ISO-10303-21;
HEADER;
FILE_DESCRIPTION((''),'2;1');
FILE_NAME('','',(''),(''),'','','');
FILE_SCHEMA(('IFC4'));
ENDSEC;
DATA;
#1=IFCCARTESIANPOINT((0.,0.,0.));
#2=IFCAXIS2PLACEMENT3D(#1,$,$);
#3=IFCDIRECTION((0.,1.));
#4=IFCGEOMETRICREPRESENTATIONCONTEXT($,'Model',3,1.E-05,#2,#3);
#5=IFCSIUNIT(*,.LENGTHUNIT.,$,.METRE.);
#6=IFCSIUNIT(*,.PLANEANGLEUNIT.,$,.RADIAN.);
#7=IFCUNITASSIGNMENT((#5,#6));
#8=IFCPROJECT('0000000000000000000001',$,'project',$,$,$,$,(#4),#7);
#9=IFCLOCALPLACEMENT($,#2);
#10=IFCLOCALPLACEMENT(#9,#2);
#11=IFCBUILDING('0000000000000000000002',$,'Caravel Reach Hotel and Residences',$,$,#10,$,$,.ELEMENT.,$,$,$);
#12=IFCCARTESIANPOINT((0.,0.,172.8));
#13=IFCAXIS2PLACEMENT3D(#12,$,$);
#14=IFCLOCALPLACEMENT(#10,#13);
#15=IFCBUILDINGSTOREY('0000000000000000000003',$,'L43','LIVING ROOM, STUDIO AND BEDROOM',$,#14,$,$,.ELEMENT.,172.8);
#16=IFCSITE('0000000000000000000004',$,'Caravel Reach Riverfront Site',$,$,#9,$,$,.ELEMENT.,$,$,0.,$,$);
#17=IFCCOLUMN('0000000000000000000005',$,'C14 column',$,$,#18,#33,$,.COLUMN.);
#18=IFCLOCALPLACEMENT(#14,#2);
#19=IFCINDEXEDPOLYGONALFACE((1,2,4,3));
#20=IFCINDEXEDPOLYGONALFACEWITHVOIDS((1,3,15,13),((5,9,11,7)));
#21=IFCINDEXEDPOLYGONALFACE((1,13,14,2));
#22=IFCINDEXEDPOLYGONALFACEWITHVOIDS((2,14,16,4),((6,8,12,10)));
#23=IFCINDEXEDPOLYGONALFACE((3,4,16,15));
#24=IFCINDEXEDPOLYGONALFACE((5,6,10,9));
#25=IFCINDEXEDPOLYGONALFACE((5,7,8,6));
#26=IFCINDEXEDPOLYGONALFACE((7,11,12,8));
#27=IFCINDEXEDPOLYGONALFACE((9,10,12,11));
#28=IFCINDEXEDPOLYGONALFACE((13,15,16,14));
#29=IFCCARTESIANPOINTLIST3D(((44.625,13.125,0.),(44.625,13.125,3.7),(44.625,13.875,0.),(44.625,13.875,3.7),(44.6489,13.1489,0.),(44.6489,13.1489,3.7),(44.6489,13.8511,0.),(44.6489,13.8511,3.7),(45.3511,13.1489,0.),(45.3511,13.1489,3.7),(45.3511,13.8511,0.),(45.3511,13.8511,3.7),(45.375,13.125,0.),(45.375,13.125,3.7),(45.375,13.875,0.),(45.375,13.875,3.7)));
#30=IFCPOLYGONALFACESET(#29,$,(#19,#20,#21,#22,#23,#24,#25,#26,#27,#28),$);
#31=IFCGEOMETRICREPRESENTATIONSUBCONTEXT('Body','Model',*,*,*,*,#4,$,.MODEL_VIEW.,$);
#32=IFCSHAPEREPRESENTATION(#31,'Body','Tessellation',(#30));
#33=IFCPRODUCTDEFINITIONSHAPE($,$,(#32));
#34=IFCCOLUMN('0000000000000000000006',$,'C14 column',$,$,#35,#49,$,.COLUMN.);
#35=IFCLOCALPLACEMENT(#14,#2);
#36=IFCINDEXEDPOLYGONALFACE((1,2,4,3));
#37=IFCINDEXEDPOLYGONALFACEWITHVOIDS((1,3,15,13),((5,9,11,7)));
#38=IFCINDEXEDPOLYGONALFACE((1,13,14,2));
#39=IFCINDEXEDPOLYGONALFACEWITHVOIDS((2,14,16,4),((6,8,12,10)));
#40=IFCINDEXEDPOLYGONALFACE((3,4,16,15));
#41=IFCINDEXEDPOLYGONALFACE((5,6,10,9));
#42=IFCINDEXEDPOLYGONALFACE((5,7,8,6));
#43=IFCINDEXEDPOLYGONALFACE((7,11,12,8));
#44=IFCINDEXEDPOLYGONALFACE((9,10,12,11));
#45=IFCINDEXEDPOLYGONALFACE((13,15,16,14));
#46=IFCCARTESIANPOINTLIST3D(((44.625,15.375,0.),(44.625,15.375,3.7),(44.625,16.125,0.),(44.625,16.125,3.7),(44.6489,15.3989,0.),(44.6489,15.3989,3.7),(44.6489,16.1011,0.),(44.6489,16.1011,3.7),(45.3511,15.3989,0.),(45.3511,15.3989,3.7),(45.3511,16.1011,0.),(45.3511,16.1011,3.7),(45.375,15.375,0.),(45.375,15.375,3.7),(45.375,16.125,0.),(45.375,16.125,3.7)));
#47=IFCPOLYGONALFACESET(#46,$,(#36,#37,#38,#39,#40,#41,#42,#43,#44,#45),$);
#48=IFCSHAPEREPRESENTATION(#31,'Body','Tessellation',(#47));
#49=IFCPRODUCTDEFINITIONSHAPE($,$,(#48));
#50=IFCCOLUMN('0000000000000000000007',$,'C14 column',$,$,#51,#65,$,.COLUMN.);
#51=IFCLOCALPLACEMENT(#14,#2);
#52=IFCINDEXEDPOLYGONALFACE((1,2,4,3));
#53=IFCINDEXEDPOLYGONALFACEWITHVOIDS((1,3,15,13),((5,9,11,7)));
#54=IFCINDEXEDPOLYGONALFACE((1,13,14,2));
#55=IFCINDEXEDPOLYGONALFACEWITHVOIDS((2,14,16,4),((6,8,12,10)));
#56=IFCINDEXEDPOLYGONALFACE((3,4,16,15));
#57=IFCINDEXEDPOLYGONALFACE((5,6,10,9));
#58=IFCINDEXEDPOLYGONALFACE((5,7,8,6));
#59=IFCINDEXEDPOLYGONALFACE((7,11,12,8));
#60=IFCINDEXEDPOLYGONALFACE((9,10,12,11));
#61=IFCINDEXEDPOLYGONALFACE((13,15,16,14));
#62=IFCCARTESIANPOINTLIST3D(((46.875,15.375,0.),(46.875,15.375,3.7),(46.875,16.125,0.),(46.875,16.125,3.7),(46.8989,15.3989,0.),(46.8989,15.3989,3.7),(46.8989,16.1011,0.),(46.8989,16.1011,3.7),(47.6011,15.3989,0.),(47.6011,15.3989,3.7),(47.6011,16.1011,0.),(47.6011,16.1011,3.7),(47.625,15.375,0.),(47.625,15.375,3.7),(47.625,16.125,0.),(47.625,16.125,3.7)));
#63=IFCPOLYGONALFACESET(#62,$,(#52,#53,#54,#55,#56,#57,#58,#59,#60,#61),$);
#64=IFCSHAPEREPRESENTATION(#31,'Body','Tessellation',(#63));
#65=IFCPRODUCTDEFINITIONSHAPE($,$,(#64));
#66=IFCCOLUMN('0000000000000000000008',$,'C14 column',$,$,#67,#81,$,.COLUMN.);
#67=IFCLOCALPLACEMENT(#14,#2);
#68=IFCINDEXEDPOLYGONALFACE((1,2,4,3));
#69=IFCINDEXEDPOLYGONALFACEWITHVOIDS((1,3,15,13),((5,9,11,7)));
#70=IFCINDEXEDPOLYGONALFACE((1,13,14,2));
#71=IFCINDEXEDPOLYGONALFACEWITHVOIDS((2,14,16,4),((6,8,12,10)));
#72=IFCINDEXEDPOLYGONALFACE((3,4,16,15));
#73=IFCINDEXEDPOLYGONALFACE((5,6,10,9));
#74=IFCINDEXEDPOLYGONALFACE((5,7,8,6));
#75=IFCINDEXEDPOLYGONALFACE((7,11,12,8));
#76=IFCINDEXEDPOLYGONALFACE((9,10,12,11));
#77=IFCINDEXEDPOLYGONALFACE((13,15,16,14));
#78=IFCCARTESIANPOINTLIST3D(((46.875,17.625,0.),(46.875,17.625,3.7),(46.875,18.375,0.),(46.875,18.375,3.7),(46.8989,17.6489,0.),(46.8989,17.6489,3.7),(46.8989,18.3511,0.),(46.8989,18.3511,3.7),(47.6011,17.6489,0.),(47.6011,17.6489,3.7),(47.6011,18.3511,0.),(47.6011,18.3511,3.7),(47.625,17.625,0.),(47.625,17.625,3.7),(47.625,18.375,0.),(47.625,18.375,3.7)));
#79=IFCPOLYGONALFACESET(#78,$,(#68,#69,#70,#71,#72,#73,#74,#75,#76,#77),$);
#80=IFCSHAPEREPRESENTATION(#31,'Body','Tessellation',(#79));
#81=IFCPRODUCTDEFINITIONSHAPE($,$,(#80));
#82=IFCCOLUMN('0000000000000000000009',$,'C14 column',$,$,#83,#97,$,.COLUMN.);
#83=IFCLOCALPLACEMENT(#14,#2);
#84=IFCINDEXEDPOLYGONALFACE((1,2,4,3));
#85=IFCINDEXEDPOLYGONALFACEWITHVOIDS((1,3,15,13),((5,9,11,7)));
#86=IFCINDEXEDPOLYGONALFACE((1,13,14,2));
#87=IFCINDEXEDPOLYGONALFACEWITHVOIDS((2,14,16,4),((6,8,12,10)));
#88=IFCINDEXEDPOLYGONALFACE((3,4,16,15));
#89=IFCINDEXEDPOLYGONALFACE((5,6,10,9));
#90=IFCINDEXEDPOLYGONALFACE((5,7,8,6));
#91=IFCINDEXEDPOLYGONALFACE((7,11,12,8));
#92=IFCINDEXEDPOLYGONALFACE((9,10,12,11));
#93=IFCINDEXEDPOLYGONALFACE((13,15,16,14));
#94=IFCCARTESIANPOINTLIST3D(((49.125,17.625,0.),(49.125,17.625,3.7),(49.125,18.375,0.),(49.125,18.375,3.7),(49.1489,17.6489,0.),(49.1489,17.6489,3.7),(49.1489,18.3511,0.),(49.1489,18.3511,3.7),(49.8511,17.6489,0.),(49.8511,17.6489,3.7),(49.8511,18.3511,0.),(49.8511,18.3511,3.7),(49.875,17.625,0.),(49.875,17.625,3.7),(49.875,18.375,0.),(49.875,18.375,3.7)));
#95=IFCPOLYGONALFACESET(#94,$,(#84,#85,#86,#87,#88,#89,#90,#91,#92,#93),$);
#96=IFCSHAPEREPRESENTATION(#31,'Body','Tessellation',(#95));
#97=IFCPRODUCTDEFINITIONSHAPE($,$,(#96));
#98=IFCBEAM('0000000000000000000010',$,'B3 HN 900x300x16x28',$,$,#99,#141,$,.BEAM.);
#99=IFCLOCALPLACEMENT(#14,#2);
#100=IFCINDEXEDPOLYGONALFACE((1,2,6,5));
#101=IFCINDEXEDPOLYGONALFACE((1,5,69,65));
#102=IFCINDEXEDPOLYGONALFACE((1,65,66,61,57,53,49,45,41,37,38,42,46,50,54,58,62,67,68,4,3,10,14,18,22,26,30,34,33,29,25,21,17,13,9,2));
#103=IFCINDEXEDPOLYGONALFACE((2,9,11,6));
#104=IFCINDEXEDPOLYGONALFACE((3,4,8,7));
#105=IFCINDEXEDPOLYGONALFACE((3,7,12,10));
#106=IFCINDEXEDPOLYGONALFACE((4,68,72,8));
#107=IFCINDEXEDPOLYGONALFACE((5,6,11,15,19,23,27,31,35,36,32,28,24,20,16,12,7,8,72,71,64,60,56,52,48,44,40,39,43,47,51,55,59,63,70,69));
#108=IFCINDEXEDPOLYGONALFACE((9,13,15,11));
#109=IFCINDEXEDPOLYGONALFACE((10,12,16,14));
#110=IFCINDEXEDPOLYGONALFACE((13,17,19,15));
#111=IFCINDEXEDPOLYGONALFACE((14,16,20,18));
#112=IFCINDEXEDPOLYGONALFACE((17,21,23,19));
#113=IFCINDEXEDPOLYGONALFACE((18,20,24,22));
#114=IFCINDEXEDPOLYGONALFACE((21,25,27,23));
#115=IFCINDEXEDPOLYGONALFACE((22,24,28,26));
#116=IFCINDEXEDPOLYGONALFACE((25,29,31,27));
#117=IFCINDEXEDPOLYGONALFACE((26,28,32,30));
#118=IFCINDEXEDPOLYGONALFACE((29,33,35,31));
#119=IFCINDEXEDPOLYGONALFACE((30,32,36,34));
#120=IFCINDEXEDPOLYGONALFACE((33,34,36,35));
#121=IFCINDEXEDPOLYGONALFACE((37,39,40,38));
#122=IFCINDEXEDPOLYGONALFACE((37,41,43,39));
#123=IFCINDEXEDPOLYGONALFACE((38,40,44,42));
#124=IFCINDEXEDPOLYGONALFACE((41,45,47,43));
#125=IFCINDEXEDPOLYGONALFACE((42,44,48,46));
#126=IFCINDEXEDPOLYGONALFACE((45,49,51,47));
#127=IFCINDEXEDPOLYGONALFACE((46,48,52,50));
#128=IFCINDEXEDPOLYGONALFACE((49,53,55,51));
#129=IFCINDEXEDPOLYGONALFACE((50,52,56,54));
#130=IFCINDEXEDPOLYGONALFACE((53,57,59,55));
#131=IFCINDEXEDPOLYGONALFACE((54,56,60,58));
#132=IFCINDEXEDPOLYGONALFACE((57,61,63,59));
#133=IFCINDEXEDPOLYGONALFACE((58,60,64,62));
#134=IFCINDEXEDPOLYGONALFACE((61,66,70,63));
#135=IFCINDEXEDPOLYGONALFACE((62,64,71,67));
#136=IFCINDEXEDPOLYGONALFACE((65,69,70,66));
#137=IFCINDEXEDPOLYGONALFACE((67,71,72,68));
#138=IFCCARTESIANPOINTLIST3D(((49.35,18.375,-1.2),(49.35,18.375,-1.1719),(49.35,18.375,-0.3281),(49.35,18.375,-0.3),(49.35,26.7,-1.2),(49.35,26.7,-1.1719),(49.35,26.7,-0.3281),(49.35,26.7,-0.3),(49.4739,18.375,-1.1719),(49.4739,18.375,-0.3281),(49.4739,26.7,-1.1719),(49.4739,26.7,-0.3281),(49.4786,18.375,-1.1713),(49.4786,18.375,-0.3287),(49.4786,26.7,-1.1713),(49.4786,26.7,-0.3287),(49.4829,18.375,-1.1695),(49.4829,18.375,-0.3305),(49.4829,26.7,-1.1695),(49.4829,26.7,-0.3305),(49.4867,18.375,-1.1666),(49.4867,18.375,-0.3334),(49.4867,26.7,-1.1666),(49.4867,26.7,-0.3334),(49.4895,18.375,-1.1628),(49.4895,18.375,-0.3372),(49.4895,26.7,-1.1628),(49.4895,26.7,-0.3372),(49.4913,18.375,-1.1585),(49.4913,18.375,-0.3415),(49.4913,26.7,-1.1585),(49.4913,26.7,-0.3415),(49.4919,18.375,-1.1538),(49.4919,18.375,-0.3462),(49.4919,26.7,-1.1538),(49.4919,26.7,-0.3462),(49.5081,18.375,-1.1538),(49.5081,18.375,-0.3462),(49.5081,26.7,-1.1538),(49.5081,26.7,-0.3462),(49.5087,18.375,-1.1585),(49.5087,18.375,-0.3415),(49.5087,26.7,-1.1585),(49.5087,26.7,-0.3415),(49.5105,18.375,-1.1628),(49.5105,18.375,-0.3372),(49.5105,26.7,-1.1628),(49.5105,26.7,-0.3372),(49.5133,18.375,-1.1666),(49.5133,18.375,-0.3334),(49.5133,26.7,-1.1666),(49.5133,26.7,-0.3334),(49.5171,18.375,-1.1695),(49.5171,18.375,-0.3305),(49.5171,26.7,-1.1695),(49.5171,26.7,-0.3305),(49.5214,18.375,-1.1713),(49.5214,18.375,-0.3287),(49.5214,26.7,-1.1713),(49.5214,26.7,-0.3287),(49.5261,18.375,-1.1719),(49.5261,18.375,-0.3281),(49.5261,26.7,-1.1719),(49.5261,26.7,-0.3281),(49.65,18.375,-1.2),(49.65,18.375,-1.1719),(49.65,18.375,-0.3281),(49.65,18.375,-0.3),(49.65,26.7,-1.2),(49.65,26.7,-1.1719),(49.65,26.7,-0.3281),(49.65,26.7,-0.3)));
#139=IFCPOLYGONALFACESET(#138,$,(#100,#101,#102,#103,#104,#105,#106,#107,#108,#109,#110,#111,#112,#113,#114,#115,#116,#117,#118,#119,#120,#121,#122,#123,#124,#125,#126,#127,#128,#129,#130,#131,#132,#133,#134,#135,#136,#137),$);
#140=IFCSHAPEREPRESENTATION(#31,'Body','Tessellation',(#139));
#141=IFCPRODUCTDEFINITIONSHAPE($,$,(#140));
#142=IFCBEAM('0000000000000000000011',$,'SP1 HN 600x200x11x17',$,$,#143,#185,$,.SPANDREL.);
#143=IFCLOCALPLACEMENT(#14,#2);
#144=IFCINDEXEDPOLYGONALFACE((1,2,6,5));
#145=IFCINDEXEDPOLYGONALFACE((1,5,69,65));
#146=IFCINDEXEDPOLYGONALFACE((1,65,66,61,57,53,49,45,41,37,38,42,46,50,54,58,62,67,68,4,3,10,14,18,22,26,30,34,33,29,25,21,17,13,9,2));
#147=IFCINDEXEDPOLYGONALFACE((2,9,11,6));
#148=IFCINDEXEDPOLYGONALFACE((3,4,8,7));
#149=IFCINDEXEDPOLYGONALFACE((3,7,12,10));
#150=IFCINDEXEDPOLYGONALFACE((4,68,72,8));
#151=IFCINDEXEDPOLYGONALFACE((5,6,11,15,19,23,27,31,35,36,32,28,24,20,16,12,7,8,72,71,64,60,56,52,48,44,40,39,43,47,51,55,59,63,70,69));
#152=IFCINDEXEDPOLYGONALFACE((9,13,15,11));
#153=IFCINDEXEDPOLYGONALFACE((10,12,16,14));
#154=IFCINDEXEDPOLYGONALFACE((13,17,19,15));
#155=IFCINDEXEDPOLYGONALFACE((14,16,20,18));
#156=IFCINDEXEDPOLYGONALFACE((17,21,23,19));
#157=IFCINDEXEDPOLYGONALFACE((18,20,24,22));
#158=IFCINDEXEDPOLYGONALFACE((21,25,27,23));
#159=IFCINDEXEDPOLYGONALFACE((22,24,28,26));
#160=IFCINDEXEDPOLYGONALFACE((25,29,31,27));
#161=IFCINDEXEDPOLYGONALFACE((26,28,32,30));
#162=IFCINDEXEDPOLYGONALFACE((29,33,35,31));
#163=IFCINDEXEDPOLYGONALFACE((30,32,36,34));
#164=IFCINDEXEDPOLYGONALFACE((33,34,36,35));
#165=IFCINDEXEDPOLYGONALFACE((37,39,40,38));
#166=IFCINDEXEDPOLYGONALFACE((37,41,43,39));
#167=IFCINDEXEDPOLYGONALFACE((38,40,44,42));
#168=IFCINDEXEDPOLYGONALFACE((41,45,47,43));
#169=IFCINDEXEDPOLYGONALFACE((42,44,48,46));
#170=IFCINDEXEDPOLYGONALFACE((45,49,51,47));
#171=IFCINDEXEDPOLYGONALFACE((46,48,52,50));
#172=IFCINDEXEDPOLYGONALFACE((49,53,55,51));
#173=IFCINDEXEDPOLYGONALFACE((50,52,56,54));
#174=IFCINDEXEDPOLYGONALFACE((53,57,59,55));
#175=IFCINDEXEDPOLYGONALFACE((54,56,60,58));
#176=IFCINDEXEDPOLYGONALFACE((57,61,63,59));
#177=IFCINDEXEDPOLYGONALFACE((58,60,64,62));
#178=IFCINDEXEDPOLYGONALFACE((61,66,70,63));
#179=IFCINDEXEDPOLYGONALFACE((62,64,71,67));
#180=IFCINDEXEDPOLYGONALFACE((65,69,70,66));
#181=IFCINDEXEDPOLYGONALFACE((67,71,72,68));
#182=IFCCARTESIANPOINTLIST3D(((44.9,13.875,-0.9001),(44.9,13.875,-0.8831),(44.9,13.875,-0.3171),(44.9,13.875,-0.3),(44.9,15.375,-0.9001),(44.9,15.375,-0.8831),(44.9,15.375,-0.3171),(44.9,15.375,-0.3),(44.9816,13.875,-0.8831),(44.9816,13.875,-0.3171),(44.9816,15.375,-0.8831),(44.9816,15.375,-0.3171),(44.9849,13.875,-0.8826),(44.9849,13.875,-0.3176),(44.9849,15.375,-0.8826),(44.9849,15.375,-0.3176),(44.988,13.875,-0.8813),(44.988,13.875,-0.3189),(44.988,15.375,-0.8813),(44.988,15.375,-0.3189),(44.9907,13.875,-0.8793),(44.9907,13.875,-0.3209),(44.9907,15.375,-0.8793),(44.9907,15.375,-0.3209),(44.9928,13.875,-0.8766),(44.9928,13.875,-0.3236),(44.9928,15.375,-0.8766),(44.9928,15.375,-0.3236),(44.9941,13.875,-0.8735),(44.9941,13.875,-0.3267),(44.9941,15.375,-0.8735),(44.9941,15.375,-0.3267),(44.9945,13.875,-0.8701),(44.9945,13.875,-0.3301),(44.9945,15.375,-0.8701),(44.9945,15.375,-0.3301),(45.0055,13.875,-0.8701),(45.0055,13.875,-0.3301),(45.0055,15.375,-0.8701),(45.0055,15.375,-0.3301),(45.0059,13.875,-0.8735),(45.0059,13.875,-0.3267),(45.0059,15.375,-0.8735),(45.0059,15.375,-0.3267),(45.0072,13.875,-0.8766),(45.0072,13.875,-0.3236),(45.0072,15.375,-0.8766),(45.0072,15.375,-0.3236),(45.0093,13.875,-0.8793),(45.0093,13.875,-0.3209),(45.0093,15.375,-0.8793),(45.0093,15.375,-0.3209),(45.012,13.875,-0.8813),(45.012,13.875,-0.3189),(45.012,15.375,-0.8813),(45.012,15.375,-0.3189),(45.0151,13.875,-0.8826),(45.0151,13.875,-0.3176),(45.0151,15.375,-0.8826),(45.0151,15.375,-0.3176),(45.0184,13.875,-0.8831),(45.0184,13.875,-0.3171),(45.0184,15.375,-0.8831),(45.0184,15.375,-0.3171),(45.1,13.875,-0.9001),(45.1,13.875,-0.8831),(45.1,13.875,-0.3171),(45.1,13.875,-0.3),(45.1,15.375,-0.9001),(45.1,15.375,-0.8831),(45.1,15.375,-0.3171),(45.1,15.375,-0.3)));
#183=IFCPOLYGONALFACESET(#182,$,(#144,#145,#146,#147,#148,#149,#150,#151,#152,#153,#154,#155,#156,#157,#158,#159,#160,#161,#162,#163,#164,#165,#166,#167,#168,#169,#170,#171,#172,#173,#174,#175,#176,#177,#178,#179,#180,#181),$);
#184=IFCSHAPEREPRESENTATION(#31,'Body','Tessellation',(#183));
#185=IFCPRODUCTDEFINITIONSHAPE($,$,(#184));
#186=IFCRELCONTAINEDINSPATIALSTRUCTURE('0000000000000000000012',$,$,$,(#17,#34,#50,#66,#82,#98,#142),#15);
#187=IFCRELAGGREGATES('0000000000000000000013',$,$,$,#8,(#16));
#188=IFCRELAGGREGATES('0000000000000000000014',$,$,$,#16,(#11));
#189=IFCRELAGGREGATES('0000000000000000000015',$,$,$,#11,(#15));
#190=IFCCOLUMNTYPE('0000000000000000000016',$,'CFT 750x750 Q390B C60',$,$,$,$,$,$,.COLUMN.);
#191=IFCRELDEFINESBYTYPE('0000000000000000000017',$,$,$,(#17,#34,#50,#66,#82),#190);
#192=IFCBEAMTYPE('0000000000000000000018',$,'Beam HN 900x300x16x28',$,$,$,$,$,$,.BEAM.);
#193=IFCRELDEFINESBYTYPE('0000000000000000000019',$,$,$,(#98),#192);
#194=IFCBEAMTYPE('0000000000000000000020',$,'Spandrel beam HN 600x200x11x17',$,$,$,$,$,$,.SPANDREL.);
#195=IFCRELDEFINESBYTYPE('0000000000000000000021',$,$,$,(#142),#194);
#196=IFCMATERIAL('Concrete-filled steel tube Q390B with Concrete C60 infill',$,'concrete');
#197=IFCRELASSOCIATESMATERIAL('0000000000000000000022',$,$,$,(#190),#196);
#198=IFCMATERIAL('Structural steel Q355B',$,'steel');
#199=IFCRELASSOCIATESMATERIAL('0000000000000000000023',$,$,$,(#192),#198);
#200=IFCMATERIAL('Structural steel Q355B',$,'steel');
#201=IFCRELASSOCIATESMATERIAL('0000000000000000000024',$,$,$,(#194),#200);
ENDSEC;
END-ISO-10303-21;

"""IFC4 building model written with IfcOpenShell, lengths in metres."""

from ifc_helpers import new_model, si_unit, direction, frame, origin, origin_2d, place, context, subcontext, project, spatial, hollow_rectangle, i_section, extrude, material, material_profile, profile_set, type_object, element, save


model = new_model("IFC4")

# Units and contexts
model_context = context("Model", 3, precision=1e-05, world=origin(), true_north=direction((0.0, 1.0)))
body_context = subcontext(model_context, "Body", "Model", "MODEL_VIEW")
ifc_project = project(units=[si_unit("LENGTHUNIT", "METRE"), si_unit("PLANEANGLEUNIT", "RADIAN")], contexts=[model_context])

# Site, building, storey
site_placement = place(None, origin())
site = spatial("IfcSite", under=ifc_project, at=site_placement, Name="Caravel Reach Riverfront Site", CompositionType="ELEMENT", RefElevation=0.0)
building_placement = place(site_placement, origin())
building = spatial("IfcBuilding", under=site, at=building_placement, Name="Caravel Reach Hotel and Residences", CompositionType="ELEMENT")
storey_placement = place(building_placement, frame((0.0, 0.0, 172.8)))
storey = spatial("IfcBuildingStorey", under=building, at=storey_placement, Name="L43", Description="LIVING ROOM, STUDIO AND BEDROOM", CompositionType="ELEMENT", Elevation=172.8)

# Columns
ifc_material_1 = material(Name="Concrete-filled steel tube Q390B with Concrete C60 infill", Category="concrete")
ifc_material_profile_1 = material_profile(ifc_material_1, hollow_rectangle(XDim=0.75, YDim=0.75, WallThickness=0.0239, at=origin_2d()), Name="RHS 750x750x24")
ifc_profile_set_1 = profile_set([ifc_material_profile_1], Name="Concrete-filled steel tube Q390B with Concrete C60 infill")
column_type = type_object("IfcColumnType", Name="CFT 750x750 Q390B C60", PredefinedType="COLUMN", material=ifc_profile_set_1)
for number, where, z_axis, x_axis, name in (
    (1, (45.0, 13.5, 0.0), (0.0, 0.0, 1.0), (1.0, 0.0, 0.0), "C14 column"),
    (2, (45.0, 15.75, 0.0), (0.0, 0.0, 1.0), (1.0, 0.0, 0.0), "C14 column"),
    (3, (47.25, 15.75, 0.0), (0.0, 0.0, 1.0), (1.0, 0.0, 0.0), "C14 column"),
    (4, (47.25, 18.0, 0.0), (0.0, 0.0, 1.0), (1.0, 0.0, 0.0), "C14 column"),
    (5, (49.5, 18.0, 0.0), (0.0, 0.0, 1.0), (1.0, 0.0, 0.0), "C14 column"),
):
    element("IfcColumn", number, at=place(storey_placement, frame(where, z_axis=z_axis, x_axis=x_axis)), inside=storey, type_object=column_type, Name=name, PredefinedType="COLUMN", context=body_context, shape_type="SweptSolid", body=[
        extrude(hollow_rectangle(XDim=0.75, YDim=0.75, WallThickness=0.0239, at=origin_2d()), origin(), (0.0, 0.0, 1.0), 3.7),
    ])

# Beams
ifc_material_2 = material(Name="Structural steel Q355B", Category="steel")
ifc_material_profile_2 = material_profile(ifc_material_2, i_section(OverallWidth=0.3, OverallDepth=0.8999, WebThickness=0.0161, FlangeThickness=0.0281, FilletRadius=0.0181, at=origin_2d()), Name="HN 900x300x16x28")
ifc_profile_set_2 = profile_set([ifc_material_profile_2], Name="Structural steel Q355B")
beam_type_1 = type_object("IfcBeamType", Name="Beam HN 900x300x16x28", PredefinedType="BEAM", material=ifc_profile_set_2)
beam_placement = place(storey_placement, frame((49.5, 18.375, -0.75), z_axis=(0.0, 1.0, 0.0), x_axis=(-1.0, 0.0, 0.0)))
element("IfcBeam", 6, at=beam_placement, inside=storey, type_object=beam_type_1, Name="B3 HN 900x300x16x28", PredefinedType="BEAM", context=body_context, shape_type="SweptSolid", body=[
    extrude(i_section(OverallWidth=0.3, OverallDepth=0.8999, WebThickness=0.0161, FlangeThickness=0.0281, FilletRadius=0.0181, at=origin_2d()), origin(), (0.0, 0.0, 1.0), 8.325),
])
ifc_material_3 = material(Name="Structural steel Q355B", Category="steel")
ifc_material_profile_3 = material_profile(ifc_material_3, i_section(OverallWidth=0.2, OverallDepth=0.6001, WebThickness=0.011, FlangeThickness=0.0171, FilletRadius=0.0129, at=origin_2d()), Name="HN 600x200x11x17")
ifc_profile_set_3 = profile_set([ifc_material_profile_3], Name="Structural steel Q355B")
beam_type_2 = type_object("IfcBeamType", Name="Spandrel beam HN 600x200x11x17", PredefinedType="SPANDREL", material=ifc_profile_set_3)
for number, where, z_axis, x_axis, name in (
    (7, (45.0, 13.875, -0.6001), (0.0, 1.0, 0.0), (-1.0, 0.0, 0.0), "SP1 HN 600x200x11x17"),
):
    element("IfcBeam", number, at=place(storey_placement, frame(where, z_axis=z_axis, x_axis=x_axis)), inside=storey, type_object=beam_type_2, Name=name, PredefinedType="SPANDREL", context=body_context, shape_type="SweptSolid", body=[
        extrude(i_section(OverallWidth=0.2, OverallDepth=0.6001, WebThickness=0.011, FlangeThickness=0.0171, FilletRadius=0.0129, at=origin_2d()), origin(), (0.0, 0.0, 1.0), 1.5),
    ])

save(model, "model.ifc")
